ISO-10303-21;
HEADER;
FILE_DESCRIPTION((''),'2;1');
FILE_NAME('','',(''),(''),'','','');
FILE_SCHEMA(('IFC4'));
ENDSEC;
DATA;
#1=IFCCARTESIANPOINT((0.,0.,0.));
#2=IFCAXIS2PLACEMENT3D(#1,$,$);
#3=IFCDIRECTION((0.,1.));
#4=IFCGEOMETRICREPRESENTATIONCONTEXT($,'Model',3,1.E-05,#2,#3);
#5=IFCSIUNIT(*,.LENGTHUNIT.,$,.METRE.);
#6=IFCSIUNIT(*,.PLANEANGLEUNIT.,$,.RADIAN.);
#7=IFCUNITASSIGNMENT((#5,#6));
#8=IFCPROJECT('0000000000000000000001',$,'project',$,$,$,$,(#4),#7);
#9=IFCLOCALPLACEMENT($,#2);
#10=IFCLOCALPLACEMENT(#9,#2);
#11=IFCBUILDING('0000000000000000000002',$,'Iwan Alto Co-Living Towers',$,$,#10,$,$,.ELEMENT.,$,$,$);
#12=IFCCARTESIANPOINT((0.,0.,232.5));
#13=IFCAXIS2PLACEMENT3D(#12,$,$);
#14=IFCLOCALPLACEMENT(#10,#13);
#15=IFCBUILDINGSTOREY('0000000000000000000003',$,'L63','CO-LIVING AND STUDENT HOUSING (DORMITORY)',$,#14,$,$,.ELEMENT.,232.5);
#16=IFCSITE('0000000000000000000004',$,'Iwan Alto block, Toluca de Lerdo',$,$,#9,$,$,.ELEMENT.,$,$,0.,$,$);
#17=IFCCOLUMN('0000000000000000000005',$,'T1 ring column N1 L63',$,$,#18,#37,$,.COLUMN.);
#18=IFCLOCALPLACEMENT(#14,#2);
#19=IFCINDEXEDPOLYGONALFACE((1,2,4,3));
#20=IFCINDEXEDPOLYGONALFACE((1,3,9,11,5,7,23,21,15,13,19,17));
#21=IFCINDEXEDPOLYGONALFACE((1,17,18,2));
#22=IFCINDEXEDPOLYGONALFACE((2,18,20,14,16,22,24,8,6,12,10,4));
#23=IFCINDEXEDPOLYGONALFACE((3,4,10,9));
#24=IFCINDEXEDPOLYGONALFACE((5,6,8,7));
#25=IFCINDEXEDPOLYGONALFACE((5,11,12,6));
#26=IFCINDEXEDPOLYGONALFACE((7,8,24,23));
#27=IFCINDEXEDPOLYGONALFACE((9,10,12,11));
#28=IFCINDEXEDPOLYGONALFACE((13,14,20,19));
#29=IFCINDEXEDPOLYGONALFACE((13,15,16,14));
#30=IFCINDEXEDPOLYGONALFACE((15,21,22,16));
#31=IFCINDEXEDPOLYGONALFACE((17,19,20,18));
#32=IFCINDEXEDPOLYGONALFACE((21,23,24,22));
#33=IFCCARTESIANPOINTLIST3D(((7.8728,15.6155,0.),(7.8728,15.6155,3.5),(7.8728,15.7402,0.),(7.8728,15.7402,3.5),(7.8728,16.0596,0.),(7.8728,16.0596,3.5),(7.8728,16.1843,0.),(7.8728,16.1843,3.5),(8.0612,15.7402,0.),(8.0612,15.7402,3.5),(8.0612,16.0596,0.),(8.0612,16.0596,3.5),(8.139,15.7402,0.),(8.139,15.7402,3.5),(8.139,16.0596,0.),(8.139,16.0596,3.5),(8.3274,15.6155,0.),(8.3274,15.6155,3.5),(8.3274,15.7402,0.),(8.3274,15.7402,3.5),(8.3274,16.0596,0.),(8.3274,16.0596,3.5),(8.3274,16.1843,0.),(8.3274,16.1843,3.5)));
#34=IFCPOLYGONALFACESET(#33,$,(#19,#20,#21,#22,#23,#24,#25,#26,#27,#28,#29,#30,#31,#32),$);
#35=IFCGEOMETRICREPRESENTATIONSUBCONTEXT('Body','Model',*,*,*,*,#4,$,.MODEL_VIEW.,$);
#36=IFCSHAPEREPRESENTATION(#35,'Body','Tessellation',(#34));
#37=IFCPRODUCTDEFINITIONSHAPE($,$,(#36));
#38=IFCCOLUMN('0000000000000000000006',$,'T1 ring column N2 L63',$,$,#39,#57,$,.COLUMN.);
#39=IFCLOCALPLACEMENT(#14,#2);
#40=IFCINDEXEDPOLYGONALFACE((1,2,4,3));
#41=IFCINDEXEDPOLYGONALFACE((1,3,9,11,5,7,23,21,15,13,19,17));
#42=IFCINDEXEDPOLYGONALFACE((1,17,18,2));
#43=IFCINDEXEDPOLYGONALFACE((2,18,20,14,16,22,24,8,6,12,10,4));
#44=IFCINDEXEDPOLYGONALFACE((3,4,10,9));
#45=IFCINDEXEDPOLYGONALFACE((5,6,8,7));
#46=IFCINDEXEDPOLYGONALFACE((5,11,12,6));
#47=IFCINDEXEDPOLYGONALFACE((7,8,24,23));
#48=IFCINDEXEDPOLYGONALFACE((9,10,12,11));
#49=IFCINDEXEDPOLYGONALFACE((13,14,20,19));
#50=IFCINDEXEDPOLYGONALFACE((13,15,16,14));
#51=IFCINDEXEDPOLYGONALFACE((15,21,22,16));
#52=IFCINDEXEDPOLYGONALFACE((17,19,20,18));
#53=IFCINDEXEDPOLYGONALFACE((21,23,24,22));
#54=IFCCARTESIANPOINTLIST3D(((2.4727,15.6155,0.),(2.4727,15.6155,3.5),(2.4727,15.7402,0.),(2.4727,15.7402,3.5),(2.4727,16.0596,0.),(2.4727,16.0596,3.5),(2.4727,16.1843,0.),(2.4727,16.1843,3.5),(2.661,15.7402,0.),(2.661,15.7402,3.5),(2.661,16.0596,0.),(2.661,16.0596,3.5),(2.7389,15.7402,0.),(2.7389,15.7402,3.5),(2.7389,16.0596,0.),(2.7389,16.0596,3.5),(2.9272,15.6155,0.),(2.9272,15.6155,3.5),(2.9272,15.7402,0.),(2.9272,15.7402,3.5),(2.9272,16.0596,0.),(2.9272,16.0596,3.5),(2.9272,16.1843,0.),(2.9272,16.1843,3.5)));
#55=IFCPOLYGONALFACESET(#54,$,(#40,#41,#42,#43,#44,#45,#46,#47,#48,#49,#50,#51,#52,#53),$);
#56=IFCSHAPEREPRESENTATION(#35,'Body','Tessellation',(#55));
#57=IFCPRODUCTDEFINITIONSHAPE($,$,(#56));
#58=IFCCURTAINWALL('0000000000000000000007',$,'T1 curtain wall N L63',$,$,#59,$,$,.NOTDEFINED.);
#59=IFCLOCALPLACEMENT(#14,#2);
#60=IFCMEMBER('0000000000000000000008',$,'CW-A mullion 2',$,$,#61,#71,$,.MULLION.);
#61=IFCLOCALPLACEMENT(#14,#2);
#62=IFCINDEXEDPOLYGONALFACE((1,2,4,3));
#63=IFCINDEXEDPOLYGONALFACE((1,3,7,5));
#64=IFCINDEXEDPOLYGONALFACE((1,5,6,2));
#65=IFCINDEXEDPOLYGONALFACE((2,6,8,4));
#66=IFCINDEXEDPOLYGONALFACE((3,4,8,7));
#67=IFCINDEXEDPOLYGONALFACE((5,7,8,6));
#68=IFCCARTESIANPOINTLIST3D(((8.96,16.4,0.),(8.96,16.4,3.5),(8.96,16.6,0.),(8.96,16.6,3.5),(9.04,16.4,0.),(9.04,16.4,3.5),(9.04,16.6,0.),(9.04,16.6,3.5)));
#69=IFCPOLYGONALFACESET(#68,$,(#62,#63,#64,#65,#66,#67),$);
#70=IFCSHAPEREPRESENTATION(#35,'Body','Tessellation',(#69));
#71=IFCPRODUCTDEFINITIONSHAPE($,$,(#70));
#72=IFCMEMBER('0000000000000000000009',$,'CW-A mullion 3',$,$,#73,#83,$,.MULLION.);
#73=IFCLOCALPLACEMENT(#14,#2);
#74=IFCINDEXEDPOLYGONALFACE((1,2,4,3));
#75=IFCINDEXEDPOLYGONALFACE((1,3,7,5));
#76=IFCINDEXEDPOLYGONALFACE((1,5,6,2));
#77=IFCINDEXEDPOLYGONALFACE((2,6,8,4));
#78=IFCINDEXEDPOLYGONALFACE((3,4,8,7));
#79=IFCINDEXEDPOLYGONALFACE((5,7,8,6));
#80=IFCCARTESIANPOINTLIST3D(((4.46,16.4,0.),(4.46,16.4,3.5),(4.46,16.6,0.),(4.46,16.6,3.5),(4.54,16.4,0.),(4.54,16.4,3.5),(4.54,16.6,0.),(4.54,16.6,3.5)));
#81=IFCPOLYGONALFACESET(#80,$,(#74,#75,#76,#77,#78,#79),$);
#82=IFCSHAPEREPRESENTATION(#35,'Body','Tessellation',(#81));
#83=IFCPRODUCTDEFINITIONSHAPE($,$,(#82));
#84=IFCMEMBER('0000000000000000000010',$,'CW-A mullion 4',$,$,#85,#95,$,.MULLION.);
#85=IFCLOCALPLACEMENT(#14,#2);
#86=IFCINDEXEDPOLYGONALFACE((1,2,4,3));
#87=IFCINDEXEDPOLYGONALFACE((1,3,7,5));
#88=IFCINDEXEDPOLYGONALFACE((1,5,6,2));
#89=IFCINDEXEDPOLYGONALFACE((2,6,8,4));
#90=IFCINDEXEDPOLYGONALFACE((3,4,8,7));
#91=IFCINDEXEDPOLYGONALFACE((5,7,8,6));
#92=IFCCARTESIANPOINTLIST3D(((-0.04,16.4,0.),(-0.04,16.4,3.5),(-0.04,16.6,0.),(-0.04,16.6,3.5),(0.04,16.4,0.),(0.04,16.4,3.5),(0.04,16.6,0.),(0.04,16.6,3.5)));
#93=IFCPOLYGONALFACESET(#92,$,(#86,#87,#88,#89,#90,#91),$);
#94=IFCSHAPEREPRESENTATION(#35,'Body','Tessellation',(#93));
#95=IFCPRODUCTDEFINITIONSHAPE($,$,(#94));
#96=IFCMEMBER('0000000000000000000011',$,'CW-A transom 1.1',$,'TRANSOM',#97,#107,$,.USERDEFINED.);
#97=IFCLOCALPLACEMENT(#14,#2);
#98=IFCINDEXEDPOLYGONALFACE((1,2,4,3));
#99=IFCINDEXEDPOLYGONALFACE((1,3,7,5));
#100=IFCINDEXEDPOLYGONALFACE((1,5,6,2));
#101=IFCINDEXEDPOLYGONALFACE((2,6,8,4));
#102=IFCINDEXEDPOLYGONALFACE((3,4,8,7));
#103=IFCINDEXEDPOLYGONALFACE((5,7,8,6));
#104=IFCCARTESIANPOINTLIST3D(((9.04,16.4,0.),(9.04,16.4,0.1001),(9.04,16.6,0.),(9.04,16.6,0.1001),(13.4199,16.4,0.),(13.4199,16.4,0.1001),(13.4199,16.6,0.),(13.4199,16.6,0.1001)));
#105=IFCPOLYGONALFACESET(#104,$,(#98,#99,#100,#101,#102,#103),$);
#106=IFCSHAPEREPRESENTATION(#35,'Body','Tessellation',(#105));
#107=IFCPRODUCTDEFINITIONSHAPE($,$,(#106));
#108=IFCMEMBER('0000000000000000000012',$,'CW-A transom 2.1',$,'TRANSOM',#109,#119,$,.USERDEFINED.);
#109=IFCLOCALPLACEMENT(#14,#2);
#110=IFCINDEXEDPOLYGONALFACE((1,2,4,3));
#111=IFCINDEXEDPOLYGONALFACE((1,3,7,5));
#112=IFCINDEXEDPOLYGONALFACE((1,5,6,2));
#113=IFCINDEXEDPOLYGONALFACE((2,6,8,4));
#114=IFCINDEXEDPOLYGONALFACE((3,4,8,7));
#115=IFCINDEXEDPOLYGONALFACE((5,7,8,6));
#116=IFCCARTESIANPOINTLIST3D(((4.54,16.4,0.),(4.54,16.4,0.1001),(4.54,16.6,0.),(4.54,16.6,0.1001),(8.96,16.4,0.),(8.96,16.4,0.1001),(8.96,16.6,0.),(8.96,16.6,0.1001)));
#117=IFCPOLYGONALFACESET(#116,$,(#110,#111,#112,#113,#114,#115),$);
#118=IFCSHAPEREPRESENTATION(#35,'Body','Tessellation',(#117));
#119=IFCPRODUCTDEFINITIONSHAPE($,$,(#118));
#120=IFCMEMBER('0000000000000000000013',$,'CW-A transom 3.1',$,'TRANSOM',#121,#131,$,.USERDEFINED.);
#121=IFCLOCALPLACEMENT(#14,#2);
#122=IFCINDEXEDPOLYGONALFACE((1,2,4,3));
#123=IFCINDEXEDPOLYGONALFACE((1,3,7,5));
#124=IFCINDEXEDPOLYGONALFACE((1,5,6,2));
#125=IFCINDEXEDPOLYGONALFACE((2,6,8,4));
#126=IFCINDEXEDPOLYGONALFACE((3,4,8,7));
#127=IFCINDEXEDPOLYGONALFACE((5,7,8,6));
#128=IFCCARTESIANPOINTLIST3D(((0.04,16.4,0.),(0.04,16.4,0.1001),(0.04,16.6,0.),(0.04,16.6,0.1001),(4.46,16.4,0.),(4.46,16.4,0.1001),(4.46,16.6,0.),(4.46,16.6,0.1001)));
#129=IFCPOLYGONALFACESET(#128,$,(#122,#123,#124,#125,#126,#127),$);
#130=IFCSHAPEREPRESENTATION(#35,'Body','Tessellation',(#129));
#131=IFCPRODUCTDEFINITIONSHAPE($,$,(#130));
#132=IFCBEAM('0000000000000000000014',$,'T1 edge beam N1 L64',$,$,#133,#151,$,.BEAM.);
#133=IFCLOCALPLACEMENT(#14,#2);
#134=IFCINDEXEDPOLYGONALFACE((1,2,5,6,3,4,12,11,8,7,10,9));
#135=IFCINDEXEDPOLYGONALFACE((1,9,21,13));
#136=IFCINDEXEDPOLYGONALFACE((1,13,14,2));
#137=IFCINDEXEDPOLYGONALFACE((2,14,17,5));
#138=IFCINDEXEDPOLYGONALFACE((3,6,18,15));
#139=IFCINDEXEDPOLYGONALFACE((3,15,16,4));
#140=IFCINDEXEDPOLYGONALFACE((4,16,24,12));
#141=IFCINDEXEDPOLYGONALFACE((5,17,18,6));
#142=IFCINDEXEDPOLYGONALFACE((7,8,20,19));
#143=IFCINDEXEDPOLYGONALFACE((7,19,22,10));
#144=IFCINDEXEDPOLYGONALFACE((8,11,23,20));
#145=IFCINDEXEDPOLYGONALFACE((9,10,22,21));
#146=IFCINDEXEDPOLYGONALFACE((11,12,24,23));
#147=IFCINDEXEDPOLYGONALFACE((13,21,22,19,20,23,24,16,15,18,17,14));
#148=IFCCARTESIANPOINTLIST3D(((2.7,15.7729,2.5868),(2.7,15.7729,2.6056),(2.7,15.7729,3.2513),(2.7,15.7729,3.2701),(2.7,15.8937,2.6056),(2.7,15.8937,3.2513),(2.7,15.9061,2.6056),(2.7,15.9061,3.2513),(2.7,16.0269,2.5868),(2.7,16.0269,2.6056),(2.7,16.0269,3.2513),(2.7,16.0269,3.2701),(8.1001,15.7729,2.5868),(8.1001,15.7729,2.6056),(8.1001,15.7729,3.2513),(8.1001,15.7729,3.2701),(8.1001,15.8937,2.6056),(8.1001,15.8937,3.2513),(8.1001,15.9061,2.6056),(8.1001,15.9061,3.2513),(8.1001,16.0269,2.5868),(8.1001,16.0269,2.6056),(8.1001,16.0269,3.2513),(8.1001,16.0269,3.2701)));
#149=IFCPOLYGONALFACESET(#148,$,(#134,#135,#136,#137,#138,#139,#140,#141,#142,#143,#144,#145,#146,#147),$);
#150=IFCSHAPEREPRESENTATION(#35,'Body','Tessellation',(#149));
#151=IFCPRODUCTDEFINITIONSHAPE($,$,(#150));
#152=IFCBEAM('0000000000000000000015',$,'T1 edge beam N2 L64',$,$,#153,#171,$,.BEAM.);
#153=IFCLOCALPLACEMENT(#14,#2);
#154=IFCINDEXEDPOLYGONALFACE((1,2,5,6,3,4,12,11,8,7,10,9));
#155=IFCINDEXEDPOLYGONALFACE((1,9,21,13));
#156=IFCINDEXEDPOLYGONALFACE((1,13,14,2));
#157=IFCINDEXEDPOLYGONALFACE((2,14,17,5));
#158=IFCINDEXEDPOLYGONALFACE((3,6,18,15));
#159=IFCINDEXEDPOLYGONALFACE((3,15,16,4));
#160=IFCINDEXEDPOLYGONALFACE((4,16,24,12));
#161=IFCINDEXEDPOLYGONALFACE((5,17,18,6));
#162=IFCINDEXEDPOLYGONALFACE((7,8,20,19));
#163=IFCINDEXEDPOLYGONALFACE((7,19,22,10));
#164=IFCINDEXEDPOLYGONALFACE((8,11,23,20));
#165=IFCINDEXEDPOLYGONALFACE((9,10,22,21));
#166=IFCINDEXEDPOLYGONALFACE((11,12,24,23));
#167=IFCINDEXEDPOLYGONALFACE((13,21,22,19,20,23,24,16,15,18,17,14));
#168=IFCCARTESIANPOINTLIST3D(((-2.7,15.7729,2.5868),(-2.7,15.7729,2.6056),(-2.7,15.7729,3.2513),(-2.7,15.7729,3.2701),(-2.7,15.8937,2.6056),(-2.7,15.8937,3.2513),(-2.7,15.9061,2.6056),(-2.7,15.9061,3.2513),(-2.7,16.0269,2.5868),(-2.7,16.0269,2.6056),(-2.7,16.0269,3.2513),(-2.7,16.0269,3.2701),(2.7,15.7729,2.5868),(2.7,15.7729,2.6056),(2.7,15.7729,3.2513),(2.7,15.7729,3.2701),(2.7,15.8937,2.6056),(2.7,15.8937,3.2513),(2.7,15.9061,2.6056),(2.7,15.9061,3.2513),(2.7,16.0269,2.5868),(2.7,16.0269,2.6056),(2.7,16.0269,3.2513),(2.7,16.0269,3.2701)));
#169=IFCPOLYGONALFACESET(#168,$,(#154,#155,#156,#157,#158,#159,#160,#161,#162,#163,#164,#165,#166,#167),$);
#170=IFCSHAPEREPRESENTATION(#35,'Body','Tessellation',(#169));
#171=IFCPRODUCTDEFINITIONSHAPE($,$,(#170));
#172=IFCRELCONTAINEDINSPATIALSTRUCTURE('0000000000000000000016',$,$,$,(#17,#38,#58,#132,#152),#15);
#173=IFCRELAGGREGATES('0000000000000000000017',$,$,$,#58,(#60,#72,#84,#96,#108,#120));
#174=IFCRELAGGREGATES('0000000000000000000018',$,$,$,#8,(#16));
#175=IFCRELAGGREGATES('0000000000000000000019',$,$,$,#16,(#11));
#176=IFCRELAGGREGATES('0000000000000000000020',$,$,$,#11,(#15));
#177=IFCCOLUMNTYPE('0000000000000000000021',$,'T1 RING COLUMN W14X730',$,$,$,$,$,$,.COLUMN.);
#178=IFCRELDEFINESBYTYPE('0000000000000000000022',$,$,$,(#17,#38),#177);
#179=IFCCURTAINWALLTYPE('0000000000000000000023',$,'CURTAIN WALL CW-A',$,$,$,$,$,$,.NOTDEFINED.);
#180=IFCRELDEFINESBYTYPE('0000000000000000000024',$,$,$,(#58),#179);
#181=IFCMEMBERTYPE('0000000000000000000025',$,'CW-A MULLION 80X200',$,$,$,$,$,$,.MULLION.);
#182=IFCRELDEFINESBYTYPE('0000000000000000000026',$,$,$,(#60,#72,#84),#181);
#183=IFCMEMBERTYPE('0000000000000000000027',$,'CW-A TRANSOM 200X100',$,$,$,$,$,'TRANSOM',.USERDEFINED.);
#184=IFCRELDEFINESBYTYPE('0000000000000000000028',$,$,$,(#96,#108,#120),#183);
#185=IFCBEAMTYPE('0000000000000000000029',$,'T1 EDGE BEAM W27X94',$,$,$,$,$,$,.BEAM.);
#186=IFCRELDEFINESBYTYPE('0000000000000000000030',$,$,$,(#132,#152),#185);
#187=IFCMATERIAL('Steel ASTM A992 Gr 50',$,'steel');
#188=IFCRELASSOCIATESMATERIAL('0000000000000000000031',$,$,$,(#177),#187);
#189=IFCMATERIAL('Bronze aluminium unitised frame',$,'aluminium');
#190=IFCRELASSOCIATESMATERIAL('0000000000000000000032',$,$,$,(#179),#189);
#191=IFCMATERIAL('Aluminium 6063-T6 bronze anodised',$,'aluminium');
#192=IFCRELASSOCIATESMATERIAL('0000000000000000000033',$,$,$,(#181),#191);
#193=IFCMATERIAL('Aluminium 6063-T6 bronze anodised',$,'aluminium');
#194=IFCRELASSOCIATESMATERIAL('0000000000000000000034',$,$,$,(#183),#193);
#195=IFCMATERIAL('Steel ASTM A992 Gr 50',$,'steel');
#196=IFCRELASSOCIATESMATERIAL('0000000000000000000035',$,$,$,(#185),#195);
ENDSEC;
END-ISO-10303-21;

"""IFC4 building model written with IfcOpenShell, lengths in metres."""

from ifc_helpers import new_model, si_unit, direction, frame, origin, origin_2d, place, context, subcontext, project, spatial, rectangle, i_section, extrude, material, material_profile, profile_set, type_object, element, aggregate, save


model = new_model("IFC4")

# Units and contexts
model_context = context("Model", 3, precision=1e-05, world=origin(), true_north=direction((0.0, 1.0)))
body_context = subcontext(model_context, "Body", "Model", "MODEL_VIEW")
ifc_project = project(units=[si_unit("LENGTHUNIT", "METRE"), si_unit("PLANEANGLEUNIT", "RADIAN")], contexts=[model_context])

# Site, building, storey
site_placement = place(None, origin())
site = spatial("IfcSite", under=ifc_project, at=site_placement, Name="Iwan Alto block, Toluca de Lerdo", CompositionType="ELEMENT", RefElevation=0.0)
building_placement = place(site_placement, origin())
building = spatial("IfcBuilding", under=site, at=building_placement, Name="Iwan Alto Co-Living Towers", CompositionType="ELEMENT")
storey_placement = place(building_placement, frame((0.0, 0.0, 232.5)))
storey = spatial("IfcBuildingStorey", under=building, at=storey_placement, Name="L63", Description="CO-LIVING AND STUDENT HOUSING (DORMITORY)", CompositionType="ELEMENT", Elevation=232.5)

# Columns
ifc_material_1 = material(Name="Steel ASTM A992 Gr 50", Category="steel")
ifc_material_profile_1 = material_profile(ifc_material_1, i_section(OverallWidth=0.4546, OverallDepth=0.5688, WebThickness=0.0779, FlangeThickness=0.1248, at=origin_2d()), Name="W14X730")
ifc_profile_set_1 = profile_set([ifc_material_profile_1], Name="Steel ASTM A992 Gr 50")
column_type = type_object("IfcColumnType", Name="T1 RING COLUMN W14X730", PredefinedType="COLUMN", material=ifc_profile_set_1)
for number, where, z_axis, x_axis, name in (
    (1, (8.1001, 15.8999, 0.0), (0.0, 0.0, 1.0), (1.0, 0.0, 0.0), "T1 ring column N1 L63"),
    (2, (2.7, 15.8999, 0.0), (0.0, 0.0, 1.0), (1.0, 0.0, 0.0), "T1 ring column N2 L63"),
):
    element("IfcColumn", number, at=place(storey_placement, frame(where, z_axis=z_axis, x_axis=x_axis)), inside=storey, type_object=column_type, Name=name, PredefinedType="COLUMN", context=body_context, shape_type="SweptSolid", body=[
        extrude(i_section(OverallWidth=0.4546, OverallDepth=0.5688, WebThickness=0.0779, FlangeThickness=0.1248, at=origin_2d()), origin(), (0.0, 0.0, 1.0), 3.5),
    ])

# Curtain wall, members
ifc_material_2 = material(Name="Bronze aluminium unitised frame", Category="aluminium")
curtain_wall_type = type_object("IfcCurtainWallType", Name="CURTAIN WALL CW-A", PredefinedType="NOTDEFINED", material=ifc_material_2)
curtain_wall_placement = place(storey_placement, origin())
curtain_wall = element("IfcCurtainWall", 3, at=curtain_wall_placement, inside=storey, type_object=curtain_wall_type, Name="T1 curtain wall N L63", PredefinedType="NOTDEFINED")
ifc_material_3 = material(Name="Aluminium 6063-T6 bronze anodised", Category="aluminium")
ifc_material_profile_2 = material_profile(ifc_material_3, rectangle(XDim=0.2, YDim=0.0801, at=origin_2d()), Name="AL 80X200")
ifc_profile_set_2 = profile_set([ifc_material_profile_2], Name="Aluminium 6063-T6 bronze anodised")
member_type_1 = type_object("IfcMemberType", Name="CW-A MULLION 80X200", PredefinedType="MULLION", material=ifc_profile_set_2)
member_1_placement = place(storey_placement, frame((9.0, 16.5, 0.0), z_axis=(0.0, 0.0, 1.0), x_axis=(0.0, -1.0, 0.0)))
member_1 = element("IfcMember", 4, at=member_1_placement, type_object=member_type_1, Name="CW-A mullion 2", PredefinedType="MULLION", context=body_context, shape_type="SweptSolid", body=[
    extrude(rectangle(XDim=0.2, YDim=0.0801, at=origin_2d()), origin(), (0.0, 0.0, 1.0), 3.5),
])
member_2_placement = place(storey_placement, frame((4.5, 16.5, 0.0), z_axis=(0.0, 0.0, 1.0), x_axis=(0.0, -1.0, 0.0)))
member_2 = element("IfcMember", 5, at=member_2_placement, type_object=member_type_1, Name="CW-A mullion 3", PredefinedType="MULLION", context=body_context, shape_type="SweptSolid", body=[
    extrude(rectangle(XDim=0.2, YDim=0.0801, at=origin_2d()), origin(), (0.0, 0.0, 1.0), 3.5),
])
member_3_placement = place(storey_placement, frame((0.0, 16.5, 0.0), z_axis=(0.0, 0.0, 1.0), x_axis=(0.0, -1.0, 0.0)))
member_3 = element("IfcMember", 6, at=member_3_placement, type_object=member_type_1, Name="CW-A mullion 4", PredefinedType="MULLION", context=body_context, shape_type="SweptSolid", body=[
    extrude(rectangle(XDim=0.2, YDim=0.0801, at=origin_2d()), origin(), (0.0, 0.0, 1.0), 3.5),
])
ifc_material_4 = material(Name="Aluminium 6063-T6 bronze anodised", Category="aluminium")
ifc_material_profile_3 = material_profile(ifc_material_4, rectangle(XDim=0.2, YDim=0.1001, at=origin_2d()), Name="AL 200X100")
ifc_profile_set_3 = profile_set([ifc_material_profile_3], Name="Aluminium 6063-T6 bronze anodised")
member_type_2 = type_object("IfcMemberType", Name="CW-A TRANSOM 200X100", ElementType="TRANSOM", PredefinedType="USERDEFINED", material=ifc_profile_set_3)
member_4_placement = place(storey_placement, frame((13.4199, 16.5, 0.05), z_axis=(-1.0, 0.0, 0.0), x_axis=(0.0, -1.0, 0.0)))
member_4 = element("IfcMember", 7, at=member_4_placement, type_object=member_type_2, Name="CW-A transom 1.1", ObjectType="TRANSOM", PredefinedType="USERDEFINED", context=body_context, shape_type="SweptSolid", body=[
    extrude(rectangle(XDim=0.2, YDim=0.1001, at=origin_2d()), origin(), (0.0, 0.0, 1.0), 4.3799),
])
member_5_placement = place(storey_placement, frame((8.96, 16.5, 0.05), z_axis=(-1.0, 0.0, 0.0), x_axis=(0.0, -1.0, 0.0)))
member_5 = element("IfcMember", 8, at=member_5_placement, type_object=member_type_2, Name="CW-A transom 2.1", ObjectType="TRANSOM", PredefinedType="USERDEFINED", context=body_context, shape_type="SweptSolid", body=[
    extrude(rectangle(XDim=0.2, YDim=0.1001, at=origin_2d()), origin(), (0.0, 0.0, 1.0), 4.4199),
])
member_6_placement = place(storey_placement, frame((4.46, 16.5, 0.05), z_axis=(-1.0, 0.0, 0.0), x_axis=(0.0, -1.0, 0.0)))
member_6 = element("IfcMember", 9, at=member_6_placement, type_object=member_type_2, Name="CW-A transom 3.1", ObjectType="TRANSOM", PredefinedType="USERDEFINED", context=body_context, shape_type="SweptSolid", body=[
    extrude(rectangle(XDim=0.2, YDim=0.1001, at=origin_2d()), origin(), (0.0, 0.0, 1.0), 4.4199),
])

# Beams
ifc_material_5 = material(Name="Steel ASTM A992 Gr 50", Category="steel")
ifc_material_profile_4 = material_profile(ifc_material_5, i_section(OverallWidth=0.2539, OverallDepth=0.6833, WebThickness=0.0125, FlangeThickness=0.0188, at=origin_2d()), Name="W27X94")
ifc_profile_set_4 = profile_set([ifc_material_profile_4], Name="Steel ASTM A992 Gr 50")
beam_type_1 = type_object("IfcBeamType", Name="T1 EDGE BEAM W27X94", PredefinedType="BEAM", material=ifc_profile_set_4)
beam_1_placement = place(storey_placement, frame((8.1001, 15.8999, 2.9285), z_axis=(-1.0, 0.0, 0.0), x_axis=(0.0, -1.0, 0.0)))
element("IfcBeam", 10, at=beam_1_placement, inside=storey, type_object=beam_type_1, Name="T1 edge beam N1 L64", PredefinedType="BEAM", context=body_context, shape_type="SweptSolid", body=[
    extrude(i_section(OverallWidth=0.2539, OverallDepth=0.6833, WebThickness=0.0125, FlangeThickness=0.0188, at=origin_2d()), origin(), (0.0, 0.0, 1.0), 5.4001),
])
beam_2_placement = place(storey_placement, frame((2.7, 15.8999, 2.9285), z_axis=(-1.0, 0.0, 0.0), x_axis=(0.0, -1.0, 0.0)))
element("IfcBeam", 11, at=beam_2_placement, inside=storey, type_object=beam_type_1, Name="T1 edge beam N2 L64", PredefinedType="BEAM", context=body_context, shape_type="SweptSolid", body=[
    extrude(i_section(OverallWidth=0.2539, OverallDepth=0.6833, WebThickness=0.0125, FlangeThickness=0.0188, at=origin_2d()), origin(), (0.0, 0.0, 1.0), 5.3999),
])

aggregate(curtain_wall, [member_1, member_2, member_3, member_4, member_5, member_6])

save(model, "model.ifc")
